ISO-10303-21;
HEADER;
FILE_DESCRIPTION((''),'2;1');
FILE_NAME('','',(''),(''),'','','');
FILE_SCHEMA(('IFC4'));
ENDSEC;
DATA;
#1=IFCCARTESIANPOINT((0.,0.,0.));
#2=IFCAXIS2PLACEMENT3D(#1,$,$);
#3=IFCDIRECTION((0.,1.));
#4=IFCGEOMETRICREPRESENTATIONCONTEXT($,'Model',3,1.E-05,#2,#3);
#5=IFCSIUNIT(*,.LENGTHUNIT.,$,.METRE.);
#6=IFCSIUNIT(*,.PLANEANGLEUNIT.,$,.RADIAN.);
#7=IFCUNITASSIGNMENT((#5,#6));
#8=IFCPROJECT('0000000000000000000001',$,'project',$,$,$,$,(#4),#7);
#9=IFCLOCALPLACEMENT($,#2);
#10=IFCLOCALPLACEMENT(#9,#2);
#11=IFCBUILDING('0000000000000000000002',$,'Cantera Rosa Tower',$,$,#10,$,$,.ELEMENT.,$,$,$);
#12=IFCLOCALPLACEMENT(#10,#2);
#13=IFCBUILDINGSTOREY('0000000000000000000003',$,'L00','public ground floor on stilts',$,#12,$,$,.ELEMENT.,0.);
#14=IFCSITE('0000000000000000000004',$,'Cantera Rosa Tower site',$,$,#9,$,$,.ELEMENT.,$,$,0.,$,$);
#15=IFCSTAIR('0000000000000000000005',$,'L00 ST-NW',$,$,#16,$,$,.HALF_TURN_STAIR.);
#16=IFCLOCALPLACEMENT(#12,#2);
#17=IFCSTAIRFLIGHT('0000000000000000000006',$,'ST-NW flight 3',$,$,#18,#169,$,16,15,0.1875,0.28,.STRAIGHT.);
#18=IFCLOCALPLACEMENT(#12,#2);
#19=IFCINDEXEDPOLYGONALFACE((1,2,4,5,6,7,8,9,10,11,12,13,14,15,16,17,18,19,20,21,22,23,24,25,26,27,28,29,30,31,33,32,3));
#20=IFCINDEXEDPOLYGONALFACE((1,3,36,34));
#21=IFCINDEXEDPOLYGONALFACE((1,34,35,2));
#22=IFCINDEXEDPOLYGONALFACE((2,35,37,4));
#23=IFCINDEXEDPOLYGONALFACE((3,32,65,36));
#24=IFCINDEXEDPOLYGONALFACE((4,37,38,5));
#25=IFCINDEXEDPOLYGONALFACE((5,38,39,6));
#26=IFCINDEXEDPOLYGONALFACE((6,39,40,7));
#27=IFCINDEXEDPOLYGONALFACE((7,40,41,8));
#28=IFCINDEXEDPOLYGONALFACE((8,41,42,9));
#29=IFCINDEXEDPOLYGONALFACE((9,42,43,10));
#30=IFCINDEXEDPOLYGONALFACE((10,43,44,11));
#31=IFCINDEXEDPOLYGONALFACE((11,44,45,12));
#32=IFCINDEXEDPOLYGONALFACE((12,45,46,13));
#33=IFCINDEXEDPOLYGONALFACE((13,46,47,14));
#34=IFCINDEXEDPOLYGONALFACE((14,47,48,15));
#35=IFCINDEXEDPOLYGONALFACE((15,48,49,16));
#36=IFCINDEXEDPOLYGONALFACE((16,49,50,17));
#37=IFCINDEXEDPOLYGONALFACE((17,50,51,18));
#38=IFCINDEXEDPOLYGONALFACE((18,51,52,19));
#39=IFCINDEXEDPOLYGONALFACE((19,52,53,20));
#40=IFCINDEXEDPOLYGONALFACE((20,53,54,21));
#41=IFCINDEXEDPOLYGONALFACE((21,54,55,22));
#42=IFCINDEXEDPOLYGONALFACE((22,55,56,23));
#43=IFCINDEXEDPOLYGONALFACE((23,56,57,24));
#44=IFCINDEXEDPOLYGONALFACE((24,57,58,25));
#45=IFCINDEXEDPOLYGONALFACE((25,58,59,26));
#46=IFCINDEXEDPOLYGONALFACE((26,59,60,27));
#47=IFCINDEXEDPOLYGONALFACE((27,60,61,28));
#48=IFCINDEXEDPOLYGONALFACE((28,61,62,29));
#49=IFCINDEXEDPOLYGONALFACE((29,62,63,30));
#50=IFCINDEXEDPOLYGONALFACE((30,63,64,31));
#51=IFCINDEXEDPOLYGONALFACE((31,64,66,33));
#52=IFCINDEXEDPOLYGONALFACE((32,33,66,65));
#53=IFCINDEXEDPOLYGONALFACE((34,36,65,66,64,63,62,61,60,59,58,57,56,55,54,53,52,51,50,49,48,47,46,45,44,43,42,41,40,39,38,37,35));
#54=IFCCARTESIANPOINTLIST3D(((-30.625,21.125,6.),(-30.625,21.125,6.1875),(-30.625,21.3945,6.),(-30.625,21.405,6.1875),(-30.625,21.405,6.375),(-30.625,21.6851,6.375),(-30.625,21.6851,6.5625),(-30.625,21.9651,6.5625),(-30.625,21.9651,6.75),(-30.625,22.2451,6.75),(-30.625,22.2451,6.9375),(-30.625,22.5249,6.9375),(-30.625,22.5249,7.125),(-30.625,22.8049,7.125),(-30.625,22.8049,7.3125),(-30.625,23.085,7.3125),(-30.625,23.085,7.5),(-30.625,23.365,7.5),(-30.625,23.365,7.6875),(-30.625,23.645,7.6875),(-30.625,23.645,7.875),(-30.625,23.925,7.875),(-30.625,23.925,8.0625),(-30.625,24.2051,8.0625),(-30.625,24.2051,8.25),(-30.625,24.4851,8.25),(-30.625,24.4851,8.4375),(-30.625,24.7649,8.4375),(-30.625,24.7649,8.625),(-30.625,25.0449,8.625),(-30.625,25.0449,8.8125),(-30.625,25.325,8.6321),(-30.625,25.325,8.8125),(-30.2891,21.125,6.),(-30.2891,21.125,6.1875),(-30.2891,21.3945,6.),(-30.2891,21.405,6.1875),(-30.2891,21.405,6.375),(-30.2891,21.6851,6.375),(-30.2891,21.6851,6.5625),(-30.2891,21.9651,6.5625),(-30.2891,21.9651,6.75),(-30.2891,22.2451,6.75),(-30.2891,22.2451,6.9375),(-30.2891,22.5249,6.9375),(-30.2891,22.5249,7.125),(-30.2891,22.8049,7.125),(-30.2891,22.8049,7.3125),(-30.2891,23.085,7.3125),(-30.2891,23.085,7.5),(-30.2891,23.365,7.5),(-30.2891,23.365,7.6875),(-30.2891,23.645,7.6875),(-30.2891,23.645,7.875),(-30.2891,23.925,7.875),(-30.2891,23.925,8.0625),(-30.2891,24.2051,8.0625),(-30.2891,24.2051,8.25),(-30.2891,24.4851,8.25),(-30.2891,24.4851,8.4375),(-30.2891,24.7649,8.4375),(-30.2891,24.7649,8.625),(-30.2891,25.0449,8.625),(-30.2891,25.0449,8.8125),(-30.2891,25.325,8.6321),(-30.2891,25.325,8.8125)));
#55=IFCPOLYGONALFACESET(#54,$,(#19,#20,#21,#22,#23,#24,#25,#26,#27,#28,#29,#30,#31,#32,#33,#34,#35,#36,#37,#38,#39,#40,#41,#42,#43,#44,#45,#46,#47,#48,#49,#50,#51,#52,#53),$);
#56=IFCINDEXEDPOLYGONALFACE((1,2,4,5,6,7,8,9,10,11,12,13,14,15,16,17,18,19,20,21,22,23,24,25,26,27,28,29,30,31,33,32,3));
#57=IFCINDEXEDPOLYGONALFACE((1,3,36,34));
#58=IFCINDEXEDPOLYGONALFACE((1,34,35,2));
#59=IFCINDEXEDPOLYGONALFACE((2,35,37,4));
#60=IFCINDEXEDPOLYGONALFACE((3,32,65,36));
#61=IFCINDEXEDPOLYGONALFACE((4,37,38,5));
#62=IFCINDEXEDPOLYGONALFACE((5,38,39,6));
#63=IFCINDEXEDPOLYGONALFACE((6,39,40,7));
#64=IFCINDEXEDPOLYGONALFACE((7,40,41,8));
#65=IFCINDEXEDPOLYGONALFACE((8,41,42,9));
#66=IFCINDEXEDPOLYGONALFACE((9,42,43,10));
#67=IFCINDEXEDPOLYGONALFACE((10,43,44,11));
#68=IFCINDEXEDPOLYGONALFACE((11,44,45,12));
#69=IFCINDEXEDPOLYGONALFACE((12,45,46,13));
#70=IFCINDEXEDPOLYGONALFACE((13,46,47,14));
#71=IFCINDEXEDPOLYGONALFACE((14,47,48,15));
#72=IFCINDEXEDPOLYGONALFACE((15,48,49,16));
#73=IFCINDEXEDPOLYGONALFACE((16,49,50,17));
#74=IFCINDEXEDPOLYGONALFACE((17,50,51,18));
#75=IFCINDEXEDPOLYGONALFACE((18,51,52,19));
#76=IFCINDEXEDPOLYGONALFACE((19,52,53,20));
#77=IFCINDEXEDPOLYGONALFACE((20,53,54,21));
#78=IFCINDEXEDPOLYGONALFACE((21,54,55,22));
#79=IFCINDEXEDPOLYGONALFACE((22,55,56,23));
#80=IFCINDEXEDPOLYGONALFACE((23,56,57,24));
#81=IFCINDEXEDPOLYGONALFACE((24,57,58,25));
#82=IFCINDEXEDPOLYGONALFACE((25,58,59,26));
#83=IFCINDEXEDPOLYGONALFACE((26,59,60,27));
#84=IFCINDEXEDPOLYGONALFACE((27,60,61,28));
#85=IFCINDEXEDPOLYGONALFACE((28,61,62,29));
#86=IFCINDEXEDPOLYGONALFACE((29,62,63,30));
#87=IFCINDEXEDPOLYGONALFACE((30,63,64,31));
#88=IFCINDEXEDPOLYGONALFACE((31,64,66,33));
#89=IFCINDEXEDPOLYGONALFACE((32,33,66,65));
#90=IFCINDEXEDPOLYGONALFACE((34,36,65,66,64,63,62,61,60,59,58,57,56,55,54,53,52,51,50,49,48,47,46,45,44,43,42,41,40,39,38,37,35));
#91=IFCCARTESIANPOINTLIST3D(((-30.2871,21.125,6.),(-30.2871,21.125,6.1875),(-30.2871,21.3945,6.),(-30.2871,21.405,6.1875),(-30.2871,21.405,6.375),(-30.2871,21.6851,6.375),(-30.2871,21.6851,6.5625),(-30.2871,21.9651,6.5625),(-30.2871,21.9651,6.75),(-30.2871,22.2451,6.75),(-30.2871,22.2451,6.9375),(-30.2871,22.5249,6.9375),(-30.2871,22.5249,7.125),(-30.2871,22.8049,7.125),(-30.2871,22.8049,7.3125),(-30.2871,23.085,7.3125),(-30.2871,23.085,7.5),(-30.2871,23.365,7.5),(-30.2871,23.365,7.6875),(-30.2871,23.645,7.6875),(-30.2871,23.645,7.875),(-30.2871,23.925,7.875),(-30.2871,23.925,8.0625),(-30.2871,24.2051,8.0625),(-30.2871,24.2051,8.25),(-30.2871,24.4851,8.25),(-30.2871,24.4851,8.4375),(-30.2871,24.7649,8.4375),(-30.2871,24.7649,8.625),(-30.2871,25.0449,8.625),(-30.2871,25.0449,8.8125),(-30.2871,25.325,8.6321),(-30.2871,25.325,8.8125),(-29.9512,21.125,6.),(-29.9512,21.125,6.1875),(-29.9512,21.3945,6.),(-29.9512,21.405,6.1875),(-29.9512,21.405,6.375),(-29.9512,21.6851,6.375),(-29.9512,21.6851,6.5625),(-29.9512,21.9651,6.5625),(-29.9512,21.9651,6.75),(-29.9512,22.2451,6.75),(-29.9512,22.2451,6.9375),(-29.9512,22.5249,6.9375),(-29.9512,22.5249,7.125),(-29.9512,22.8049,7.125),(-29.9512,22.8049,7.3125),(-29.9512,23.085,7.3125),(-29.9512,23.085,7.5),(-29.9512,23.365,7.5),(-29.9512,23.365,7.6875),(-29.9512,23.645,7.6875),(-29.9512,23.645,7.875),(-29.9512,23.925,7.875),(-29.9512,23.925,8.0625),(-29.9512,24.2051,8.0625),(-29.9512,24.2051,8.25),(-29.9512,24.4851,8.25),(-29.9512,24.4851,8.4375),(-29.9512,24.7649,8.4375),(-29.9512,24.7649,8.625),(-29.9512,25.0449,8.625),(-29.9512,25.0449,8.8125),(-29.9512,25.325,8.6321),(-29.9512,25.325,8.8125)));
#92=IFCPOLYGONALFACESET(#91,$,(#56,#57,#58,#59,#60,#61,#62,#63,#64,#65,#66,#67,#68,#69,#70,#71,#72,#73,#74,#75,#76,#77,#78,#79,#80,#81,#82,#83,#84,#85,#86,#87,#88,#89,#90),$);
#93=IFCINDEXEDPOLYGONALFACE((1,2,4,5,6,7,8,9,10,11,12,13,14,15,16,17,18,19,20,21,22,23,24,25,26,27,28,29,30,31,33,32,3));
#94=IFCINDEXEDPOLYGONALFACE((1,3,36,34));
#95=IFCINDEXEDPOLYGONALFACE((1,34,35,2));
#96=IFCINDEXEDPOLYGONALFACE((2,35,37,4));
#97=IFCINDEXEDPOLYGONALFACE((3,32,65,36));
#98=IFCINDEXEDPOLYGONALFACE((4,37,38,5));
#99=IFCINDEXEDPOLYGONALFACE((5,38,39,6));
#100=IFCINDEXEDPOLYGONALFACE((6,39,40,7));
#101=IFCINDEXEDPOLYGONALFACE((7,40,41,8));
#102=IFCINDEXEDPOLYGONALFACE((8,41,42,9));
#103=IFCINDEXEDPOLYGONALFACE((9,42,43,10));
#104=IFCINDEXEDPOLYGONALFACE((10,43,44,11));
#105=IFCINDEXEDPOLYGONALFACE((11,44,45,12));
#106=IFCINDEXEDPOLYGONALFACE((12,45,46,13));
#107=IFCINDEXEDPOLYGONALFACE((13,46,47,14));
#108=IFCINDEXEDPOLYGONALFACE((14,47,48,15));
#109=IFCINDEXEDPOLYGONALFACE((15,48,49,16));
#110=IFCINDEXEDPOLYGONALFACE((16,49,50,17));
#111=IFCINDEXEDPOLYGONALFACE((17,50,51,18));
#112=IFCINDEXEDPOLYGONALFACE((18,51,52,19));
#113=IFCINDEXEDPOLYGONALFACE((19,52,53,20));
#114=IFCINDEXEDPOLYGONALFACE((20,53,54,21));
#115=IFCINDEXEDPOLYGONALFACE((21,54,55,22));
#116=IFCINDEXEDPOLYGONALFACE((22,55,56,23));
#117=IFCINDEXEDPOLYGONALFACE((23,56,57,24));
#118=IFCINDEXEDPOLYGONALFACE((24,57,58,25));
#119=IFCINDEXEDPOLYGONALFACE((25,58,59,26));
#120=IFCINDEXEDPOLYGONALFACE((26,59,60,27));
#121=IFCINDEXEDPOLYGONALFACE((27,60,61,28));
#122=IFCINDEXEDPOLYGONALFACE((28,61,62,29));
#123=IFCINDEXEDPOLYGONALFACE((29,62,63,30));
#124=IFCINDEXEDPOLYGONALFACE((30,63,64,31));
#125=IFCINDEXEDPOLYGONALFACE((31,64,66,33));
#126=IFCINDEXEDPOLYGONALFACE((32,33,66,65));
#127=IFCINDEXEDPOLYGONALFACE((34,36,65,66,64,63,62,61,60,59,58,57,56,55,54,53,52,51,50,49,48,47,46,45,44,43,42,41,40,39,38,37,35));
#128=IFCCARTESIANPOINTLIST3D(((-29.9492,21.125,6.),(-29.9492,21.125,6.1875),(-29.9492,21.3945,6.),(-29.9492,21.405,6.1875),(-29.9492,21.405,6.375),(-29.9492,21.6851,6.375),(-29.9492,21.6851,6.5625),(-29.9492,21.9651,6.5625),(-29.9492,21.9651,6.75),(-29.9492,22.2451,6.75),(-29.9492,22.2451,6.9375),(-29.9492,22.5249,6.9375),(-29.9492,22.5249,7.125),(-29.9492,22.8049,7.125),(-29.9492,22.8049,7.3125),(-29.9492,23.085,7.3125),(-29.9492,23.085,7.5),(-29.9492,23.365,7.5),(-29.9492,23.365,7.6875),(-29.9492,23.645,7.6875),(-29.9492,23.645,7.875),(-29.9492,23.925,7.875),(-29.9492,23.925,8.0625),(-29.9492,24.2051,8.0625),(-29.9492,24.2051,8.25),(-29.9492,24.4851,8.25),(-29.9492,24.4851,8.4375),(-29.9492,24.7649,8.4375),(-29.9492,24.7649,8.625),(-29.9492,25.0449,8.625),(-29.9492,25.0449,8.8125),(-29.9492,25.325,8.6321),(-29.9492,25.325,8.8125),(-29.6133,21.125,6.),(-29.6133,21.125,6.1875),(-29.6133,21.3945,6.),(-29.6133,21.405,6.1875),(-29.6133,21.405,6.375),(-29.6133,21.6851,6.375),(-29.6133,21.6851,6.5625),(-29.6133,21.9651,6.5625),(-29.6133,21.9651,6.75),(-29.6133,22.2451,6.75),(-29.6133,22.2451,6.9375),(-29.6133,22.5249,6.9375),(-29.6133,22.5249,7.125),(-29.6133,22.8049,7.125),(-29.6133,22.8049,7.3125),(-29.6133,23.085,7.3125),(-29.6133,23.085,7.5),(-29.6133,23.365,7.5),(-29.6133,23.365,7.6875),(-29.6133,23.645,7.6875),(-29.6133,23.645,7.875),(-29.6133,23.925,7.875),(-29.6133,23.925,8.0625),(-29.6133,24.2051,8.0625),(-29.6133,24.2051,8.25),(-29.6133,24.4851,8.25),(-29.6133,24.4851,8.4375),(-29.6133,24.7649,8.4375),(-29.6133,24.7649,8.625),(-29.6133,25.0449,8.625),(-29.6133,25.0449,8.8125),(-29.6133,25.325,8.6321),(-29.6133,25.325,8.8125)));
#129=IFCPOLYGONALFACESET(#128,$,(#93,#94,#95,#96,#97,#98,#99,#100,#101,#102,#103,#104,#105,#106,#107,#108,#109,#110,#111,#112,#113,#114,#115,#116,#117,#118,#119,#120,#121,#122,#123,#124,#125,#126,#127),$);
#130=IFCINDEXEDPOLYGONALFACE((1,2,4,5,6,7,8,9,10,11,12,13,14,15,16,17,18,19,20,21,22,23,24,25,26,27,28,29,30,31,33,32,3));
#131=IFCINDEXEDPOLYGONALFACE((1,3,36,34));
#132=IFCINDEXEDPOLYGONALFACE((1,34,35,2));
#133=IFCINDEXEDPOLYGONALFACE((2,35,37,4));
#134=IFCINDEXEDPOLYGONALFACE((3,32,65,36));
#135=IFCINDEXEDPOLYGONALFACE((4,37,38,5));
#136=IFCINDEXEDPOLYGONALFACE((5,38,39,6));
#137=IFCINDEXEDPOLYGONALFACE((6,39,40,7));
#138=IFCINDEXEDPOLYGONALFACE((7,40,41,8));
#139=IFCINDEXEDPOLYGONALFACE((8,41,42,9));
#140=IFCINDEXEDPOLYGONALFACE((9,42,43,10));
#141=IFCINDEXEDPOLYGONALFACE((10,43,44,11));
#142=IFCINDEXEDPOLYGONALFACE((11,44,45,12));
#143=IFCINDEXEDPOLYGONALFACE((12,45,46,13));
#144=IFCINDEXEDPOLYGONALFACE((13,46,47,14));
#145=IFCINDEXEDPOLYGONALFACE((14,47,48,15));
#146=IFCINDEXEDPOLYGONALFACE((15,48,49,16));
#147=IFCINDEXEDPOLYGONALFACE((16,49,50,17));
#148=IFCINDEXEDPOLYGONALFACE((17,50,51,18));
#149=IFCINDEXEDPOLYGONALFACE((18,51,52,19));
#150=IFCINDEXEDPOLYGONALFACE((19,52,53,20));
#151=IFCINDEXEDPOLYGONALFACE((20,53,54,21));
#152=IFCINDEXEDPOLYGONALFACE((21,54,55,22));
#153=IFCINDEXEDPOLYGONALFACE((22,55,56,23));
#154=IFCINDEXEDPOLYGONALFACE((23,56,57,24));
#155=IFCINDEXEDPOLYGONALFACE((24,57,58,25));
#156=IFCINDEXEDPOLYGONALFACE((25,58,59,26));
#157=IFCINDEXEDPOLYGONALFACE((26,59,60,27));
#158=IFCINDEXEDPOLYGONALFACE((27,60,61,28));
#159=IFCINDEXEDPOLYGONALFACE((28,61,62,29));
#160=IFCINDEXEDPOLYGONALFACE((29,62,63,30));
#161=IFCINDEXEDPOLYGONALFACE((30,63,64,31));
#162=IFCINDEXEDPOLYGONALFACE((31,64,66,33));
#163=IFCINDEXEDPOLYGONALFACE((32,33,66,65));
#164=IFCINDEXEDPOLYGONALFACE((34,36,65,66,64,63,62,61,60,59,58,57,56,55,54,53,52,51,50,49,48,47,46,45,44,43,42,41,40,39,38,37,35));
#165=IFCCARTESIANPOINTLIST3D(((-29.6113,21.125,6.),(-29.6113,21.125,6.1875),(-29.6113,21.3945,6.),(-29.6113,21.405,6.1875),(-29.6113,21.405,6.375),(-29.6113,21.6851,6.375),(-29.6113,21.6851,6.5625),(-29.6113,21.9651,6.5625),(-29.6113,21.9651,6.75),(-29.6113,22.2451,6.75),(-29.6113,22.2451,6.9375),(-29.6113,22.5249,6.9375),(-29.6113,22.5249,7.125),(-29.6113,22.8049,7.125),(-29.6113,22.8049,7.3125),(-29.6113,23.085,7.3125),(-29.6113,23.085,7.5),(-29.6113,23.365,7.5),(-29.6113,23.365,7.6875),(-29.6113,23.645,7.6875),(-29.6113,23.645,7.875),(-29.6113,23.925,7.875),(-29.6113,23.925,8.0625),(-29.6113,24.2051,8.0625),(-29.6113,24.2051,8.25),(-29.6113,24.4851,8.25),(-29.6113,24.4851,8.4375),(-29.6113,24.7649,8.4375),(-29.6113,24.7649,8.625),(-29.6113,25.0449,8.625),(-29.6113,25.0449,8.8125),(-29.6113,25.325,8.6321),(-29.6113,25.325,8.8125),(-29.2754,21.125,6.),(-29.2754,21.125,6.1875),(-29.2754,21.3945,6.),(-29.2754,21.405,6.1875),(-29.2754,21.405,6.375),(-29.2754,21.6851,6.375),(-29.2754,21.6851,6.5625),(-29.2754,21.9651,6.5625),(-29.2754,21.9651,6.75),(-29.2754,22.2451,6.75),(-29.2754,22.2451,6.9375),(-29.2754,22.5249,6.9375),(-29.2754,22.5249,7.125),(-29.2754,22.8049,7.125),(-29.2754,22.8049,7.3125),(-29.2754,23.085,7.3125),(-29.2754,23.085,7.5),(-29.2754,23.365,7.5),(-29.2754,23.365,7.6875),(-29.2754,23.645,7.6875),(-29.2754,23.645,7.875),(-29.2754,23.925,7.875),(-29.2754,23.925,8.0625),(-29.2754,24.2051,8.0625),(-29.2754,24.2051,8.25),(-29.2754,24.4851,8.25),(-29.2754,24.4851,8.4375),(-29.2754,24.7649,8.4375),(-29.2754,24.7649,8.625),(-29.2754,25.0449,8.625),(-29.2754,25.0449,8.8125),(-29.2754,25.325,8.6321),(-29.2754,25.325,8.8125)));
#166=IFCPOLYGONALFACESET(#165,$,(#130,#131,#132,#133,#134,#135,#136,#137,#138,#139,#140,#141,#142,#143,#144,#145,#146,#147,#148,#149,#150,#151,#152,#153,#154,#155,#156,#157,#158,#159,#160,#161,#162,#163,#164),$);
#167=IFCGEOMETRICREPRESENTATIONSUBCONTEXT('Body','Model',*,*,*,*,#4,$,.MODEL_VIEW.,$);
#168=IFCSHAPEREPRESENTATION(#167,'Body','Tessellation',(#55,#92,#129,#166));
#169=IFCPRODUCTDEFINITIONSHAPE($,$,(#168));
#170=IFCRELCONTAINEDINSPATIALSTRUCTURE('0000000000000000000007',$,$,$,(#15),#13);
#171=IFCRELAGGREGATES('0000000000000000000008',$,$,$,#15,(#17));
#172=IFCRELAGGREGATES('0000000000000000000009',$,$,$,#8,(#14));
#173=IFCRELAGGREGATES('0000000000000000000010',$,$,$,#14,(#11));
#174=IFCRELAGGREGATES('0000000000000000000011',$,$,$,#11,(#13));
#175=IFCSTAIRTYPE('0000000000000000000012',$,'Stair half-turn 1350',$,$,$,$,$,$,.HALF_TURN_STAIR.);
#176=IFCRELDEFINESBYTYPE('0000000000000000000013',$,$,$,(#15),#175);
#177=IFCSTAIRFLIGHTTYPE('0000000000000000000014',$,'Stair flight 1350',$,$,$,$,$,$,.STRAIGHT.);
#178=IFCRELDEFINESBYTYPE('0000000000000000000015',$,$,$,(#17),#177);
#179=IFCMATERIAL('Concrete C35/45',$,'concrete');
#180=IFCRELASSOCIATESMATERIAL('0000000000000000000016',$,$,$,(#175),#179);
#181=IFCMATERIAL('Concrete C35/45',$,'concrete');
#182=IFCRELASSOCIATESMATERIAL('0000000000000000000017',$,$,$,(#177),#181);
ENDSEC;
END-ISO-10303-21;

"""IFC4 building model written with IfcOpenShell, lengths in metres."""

from ifc_helpers import new_model, si_unit, direction, frame, origin, place, context, subcontext, project, spatial, polyline, outline, extrude, material, type_object, element, aggregate, save


model = new_model("IFC4")

# Units and contexts
model_context = context("Model", 3, precision=1e-05, world=origin(), true_north=direction((0.0, 1.0)))
body_context = subcontext(model_context, "Body", "Model", "MODEL_VIEW")
ifc_project = project(units=[si_unit("LENGTHUNIT", "METRE"), si_unit("PLANEANGLEUNIT", "RADIAN")], contexts=[model_context])

# Site, building, storey
site_placement = place(None, origin())
site = spatial("IfcSite", under=ifc_project, at=site_placement, Name="Cantera Rosa Tower site", CompositionType="ELEMENT", RefElevation=0.0)
building_placement = place(site_placement, origin())
building = spatial("IfcBuilding", under=site, at=building_placement, Name="Cantera Rosa Tower", CompositionType="ELEMENT")
storey_placement = place(building_placement, origin())
storey = spatial("IfcBuildingStorey", under=building, at=storey_placement, Name="L00", Description="public ground floor on stilts", CompositionType="ELEMENT", Elevation=0.0)

# Stair, stair flight
ifc_material_1 = material(Name="Concrete C35/45", Category="concrete")
stair_type = type_object("IfcStairType", Name="Stair half-turn 1350", PredefinedType="HALF_TURN_STAIR", material=ifc_material_1)
stair_placement = place(storey_placement, origin())
stair = element("IfcStair", 1, at=stair_placement, inside=storey, type_object=stair_type, Name="L00 ST-NW", PredefinedType="HALF_TURN_STAIR")
ifc_material_2 = material(Name="Concrete C35/45", Category="concrete")
stair_flight_type = type_object("IfcStairFlightType", Name="Stair flight 1350", PredefinedType="STRAIGHT", material=ifc_material_2)
stair_flight_1_placement = place(storey_placement, frame((-29.95, 21.125, 6.0), z_axis=(0.0, 0.0, 1.0), x_axis=(0.0, 1.0, 0.0)))
stair_flight_1 = element("IfcStairFlight", 2, at=stair_flight_1_placement, type_object=stair_flight_type, Name="ST-NW flight 3", NumberOfRisers=16, NumberOfTreads=15, PredefinedType="STRAIGHT", RiserHeight=0.1875, TreadLength=0.28, context=body_context, shape_type="SweptSolid", body=[
    extrude(outline(polyline([(0.0, 0.0), (0.0, 0.1875), (0.28, 0.1875), (0.28, 0.375), (0.5601, 0.375), (0.5601, 0.5625), (0.8401, 0.5625), (0.8401, 0.75), (1.1201, 0.75), (1.1201, 0.9375), (1.3999, 0.9375), (1.3999, 1.125), (1.6799, 1.125), (1.6799, 1.3125), (1.96, 1.3125), (1.96, 1.5), (2.24, 1.5), (2.24, 1.6875), (2.52, 1.6875), (2.52, 1.875), (2.8, 1.875), (2.8, 2.0625), (3.0801, 2.0625), (3.0801, 2.25), (3.3601, 2.25), (3.3601, 2.4375), (3.6399, 2.4375), (3.6399, 2.625), (3.9199, 2.625), (3.9199, 2.8125), (4.2, 2.8125), (4.2, 3.0), (4.2, 2.6321), (0.2695, 0.0), (0.0, 0.0)])), frame((0.0, 0.675, 0.0), z_axis=(0.0, -1.0, 0.0), x_axis=(1.0, 0.0, 0.0)), (0.0, 0.0, 1.0), 0.3359),
    extrude(outline(polyline([(0.0, 0.0), (0.0, 0.1875), (0.28, 0.1875), (0.28, 0.375), (0.5601, 0.375), (0.5601, 0.5625), (0.8401, 0.5625), (0.8401, 0.75), (1.1201, 0.75), (1.1201, 0.9375), (1.3999, 0.9375), (1.3999, 1.125), (1.6799, 1.125), (1.6799, 1.3125), (1.96, 1.3125), (1.96, 1.5), (2.24, 1.5), (2.24, 1.6875), (2.52, 1.6875), (2.52, 1.875), (2.8, 1.875), (2.8, 2.0625), (3.0801, 2.0625), (3.0801, 2.25), (3.3601, 2.25), (3.3601, 2.4375), (3.6399, 2.4375), (3.6399, 2.625), (3.9199, 2.625), (3.9199, 2.8125), (4.2, 2.8125), (4.2, 3.0), (4.2, 2.6321), (0.2695, 0.0), (0.0, 0.0)])), frame((0.0, 0.3372, 0.0), z_axis=(0.0, -1.0, 0.0), x_axis=(1.0, 0.0, 0.0)), (0.0, 0.0, 1.0), 0.3359),
    extrude(outline(polyline([(0.0, 0.0), (0.0, 0.1875), (0.28, 0.1875), (0.28, 0.375), (0.5601, 0.375), (0.5601, 0.5625), (0.8401, 0.5625), (0.8401, 0.75), (1.1201, 0.75), (1.1201, 0.9375), (1.3999, 0.9375), (1.3999, 1.125), (1.6799, 1.125), (1.6799, 1.3125), (1.96, 1.3125), (1.96, 1.5), (2.24, 1.5), (2.24, 1.6875), (2.52, 1.6875), (2.52, 1.875), (2.8, 1.875), (2.8, 2.0625), (3.0801, 2.0625), (3.0801, 2.25), (3.3601, 2.25), (3.3601, 2.4375), (3.6399, 2.4375), (3.6399, 2.625), (3.9199, 2.625), (3.9199, 2.8125), (4.2, 2.8125), (4.2, 3.0), (4.2, 2.6321), (0.2695, 0.0), (0.0, 0.0)])), frame((0.0, -0.0007, 0.0), z_axis=(0.0, -1.0, 0.0), x_axis=(1.0, 0.0, 0.0)), (0.0, 0.0, 1.0), 0.3359),
    extrude(outline(polyline([(0.0, 0.0), (0.0, 0.1875), (0.28, 0.1875), (0.28, 0.375), (0.5601, 0.375), (0.5601, 0.5625), (0.8401, 0.5625), (0.8401, 0.75), (1.1201, 0.75), (1.1201, 0.9375), (1.3999, 0.9375), (1.3999, 1.125), (1.6799, 1.125), (1.6799, 1.3125), (1.96, 1.3125), (1.96, 1.5), (2.24, 1.5), (2.24, 1.6875), (2.52, 1.6875), (2.52, 1.875), (2.8, 1.875), (2.8, 2.0625), (3.0801, 2.0625), (3.0801, 2.25), (3.3601, 2.25), (3.3601, 2.4375), (3.6399, 2.4375), (3.6399, 2.625), (3.9199, 2.625), (3.9199, 2.8125), (4.2, 2.8125), (4.2, 3.0), (4.2, 2.6321), (0.2695, 0.0), (0.0, 0.0)])), frame((0.0, -0.3386, 0.0), z_axis=(0.0, -1.0, 0.0), x_axis=(1.0, 0.0, 0.0)), (0.0, 0.0, 1.0), 0.3359),
])
aggregate(stair, [stair_flight_1])

save(model, "model.ifc")
